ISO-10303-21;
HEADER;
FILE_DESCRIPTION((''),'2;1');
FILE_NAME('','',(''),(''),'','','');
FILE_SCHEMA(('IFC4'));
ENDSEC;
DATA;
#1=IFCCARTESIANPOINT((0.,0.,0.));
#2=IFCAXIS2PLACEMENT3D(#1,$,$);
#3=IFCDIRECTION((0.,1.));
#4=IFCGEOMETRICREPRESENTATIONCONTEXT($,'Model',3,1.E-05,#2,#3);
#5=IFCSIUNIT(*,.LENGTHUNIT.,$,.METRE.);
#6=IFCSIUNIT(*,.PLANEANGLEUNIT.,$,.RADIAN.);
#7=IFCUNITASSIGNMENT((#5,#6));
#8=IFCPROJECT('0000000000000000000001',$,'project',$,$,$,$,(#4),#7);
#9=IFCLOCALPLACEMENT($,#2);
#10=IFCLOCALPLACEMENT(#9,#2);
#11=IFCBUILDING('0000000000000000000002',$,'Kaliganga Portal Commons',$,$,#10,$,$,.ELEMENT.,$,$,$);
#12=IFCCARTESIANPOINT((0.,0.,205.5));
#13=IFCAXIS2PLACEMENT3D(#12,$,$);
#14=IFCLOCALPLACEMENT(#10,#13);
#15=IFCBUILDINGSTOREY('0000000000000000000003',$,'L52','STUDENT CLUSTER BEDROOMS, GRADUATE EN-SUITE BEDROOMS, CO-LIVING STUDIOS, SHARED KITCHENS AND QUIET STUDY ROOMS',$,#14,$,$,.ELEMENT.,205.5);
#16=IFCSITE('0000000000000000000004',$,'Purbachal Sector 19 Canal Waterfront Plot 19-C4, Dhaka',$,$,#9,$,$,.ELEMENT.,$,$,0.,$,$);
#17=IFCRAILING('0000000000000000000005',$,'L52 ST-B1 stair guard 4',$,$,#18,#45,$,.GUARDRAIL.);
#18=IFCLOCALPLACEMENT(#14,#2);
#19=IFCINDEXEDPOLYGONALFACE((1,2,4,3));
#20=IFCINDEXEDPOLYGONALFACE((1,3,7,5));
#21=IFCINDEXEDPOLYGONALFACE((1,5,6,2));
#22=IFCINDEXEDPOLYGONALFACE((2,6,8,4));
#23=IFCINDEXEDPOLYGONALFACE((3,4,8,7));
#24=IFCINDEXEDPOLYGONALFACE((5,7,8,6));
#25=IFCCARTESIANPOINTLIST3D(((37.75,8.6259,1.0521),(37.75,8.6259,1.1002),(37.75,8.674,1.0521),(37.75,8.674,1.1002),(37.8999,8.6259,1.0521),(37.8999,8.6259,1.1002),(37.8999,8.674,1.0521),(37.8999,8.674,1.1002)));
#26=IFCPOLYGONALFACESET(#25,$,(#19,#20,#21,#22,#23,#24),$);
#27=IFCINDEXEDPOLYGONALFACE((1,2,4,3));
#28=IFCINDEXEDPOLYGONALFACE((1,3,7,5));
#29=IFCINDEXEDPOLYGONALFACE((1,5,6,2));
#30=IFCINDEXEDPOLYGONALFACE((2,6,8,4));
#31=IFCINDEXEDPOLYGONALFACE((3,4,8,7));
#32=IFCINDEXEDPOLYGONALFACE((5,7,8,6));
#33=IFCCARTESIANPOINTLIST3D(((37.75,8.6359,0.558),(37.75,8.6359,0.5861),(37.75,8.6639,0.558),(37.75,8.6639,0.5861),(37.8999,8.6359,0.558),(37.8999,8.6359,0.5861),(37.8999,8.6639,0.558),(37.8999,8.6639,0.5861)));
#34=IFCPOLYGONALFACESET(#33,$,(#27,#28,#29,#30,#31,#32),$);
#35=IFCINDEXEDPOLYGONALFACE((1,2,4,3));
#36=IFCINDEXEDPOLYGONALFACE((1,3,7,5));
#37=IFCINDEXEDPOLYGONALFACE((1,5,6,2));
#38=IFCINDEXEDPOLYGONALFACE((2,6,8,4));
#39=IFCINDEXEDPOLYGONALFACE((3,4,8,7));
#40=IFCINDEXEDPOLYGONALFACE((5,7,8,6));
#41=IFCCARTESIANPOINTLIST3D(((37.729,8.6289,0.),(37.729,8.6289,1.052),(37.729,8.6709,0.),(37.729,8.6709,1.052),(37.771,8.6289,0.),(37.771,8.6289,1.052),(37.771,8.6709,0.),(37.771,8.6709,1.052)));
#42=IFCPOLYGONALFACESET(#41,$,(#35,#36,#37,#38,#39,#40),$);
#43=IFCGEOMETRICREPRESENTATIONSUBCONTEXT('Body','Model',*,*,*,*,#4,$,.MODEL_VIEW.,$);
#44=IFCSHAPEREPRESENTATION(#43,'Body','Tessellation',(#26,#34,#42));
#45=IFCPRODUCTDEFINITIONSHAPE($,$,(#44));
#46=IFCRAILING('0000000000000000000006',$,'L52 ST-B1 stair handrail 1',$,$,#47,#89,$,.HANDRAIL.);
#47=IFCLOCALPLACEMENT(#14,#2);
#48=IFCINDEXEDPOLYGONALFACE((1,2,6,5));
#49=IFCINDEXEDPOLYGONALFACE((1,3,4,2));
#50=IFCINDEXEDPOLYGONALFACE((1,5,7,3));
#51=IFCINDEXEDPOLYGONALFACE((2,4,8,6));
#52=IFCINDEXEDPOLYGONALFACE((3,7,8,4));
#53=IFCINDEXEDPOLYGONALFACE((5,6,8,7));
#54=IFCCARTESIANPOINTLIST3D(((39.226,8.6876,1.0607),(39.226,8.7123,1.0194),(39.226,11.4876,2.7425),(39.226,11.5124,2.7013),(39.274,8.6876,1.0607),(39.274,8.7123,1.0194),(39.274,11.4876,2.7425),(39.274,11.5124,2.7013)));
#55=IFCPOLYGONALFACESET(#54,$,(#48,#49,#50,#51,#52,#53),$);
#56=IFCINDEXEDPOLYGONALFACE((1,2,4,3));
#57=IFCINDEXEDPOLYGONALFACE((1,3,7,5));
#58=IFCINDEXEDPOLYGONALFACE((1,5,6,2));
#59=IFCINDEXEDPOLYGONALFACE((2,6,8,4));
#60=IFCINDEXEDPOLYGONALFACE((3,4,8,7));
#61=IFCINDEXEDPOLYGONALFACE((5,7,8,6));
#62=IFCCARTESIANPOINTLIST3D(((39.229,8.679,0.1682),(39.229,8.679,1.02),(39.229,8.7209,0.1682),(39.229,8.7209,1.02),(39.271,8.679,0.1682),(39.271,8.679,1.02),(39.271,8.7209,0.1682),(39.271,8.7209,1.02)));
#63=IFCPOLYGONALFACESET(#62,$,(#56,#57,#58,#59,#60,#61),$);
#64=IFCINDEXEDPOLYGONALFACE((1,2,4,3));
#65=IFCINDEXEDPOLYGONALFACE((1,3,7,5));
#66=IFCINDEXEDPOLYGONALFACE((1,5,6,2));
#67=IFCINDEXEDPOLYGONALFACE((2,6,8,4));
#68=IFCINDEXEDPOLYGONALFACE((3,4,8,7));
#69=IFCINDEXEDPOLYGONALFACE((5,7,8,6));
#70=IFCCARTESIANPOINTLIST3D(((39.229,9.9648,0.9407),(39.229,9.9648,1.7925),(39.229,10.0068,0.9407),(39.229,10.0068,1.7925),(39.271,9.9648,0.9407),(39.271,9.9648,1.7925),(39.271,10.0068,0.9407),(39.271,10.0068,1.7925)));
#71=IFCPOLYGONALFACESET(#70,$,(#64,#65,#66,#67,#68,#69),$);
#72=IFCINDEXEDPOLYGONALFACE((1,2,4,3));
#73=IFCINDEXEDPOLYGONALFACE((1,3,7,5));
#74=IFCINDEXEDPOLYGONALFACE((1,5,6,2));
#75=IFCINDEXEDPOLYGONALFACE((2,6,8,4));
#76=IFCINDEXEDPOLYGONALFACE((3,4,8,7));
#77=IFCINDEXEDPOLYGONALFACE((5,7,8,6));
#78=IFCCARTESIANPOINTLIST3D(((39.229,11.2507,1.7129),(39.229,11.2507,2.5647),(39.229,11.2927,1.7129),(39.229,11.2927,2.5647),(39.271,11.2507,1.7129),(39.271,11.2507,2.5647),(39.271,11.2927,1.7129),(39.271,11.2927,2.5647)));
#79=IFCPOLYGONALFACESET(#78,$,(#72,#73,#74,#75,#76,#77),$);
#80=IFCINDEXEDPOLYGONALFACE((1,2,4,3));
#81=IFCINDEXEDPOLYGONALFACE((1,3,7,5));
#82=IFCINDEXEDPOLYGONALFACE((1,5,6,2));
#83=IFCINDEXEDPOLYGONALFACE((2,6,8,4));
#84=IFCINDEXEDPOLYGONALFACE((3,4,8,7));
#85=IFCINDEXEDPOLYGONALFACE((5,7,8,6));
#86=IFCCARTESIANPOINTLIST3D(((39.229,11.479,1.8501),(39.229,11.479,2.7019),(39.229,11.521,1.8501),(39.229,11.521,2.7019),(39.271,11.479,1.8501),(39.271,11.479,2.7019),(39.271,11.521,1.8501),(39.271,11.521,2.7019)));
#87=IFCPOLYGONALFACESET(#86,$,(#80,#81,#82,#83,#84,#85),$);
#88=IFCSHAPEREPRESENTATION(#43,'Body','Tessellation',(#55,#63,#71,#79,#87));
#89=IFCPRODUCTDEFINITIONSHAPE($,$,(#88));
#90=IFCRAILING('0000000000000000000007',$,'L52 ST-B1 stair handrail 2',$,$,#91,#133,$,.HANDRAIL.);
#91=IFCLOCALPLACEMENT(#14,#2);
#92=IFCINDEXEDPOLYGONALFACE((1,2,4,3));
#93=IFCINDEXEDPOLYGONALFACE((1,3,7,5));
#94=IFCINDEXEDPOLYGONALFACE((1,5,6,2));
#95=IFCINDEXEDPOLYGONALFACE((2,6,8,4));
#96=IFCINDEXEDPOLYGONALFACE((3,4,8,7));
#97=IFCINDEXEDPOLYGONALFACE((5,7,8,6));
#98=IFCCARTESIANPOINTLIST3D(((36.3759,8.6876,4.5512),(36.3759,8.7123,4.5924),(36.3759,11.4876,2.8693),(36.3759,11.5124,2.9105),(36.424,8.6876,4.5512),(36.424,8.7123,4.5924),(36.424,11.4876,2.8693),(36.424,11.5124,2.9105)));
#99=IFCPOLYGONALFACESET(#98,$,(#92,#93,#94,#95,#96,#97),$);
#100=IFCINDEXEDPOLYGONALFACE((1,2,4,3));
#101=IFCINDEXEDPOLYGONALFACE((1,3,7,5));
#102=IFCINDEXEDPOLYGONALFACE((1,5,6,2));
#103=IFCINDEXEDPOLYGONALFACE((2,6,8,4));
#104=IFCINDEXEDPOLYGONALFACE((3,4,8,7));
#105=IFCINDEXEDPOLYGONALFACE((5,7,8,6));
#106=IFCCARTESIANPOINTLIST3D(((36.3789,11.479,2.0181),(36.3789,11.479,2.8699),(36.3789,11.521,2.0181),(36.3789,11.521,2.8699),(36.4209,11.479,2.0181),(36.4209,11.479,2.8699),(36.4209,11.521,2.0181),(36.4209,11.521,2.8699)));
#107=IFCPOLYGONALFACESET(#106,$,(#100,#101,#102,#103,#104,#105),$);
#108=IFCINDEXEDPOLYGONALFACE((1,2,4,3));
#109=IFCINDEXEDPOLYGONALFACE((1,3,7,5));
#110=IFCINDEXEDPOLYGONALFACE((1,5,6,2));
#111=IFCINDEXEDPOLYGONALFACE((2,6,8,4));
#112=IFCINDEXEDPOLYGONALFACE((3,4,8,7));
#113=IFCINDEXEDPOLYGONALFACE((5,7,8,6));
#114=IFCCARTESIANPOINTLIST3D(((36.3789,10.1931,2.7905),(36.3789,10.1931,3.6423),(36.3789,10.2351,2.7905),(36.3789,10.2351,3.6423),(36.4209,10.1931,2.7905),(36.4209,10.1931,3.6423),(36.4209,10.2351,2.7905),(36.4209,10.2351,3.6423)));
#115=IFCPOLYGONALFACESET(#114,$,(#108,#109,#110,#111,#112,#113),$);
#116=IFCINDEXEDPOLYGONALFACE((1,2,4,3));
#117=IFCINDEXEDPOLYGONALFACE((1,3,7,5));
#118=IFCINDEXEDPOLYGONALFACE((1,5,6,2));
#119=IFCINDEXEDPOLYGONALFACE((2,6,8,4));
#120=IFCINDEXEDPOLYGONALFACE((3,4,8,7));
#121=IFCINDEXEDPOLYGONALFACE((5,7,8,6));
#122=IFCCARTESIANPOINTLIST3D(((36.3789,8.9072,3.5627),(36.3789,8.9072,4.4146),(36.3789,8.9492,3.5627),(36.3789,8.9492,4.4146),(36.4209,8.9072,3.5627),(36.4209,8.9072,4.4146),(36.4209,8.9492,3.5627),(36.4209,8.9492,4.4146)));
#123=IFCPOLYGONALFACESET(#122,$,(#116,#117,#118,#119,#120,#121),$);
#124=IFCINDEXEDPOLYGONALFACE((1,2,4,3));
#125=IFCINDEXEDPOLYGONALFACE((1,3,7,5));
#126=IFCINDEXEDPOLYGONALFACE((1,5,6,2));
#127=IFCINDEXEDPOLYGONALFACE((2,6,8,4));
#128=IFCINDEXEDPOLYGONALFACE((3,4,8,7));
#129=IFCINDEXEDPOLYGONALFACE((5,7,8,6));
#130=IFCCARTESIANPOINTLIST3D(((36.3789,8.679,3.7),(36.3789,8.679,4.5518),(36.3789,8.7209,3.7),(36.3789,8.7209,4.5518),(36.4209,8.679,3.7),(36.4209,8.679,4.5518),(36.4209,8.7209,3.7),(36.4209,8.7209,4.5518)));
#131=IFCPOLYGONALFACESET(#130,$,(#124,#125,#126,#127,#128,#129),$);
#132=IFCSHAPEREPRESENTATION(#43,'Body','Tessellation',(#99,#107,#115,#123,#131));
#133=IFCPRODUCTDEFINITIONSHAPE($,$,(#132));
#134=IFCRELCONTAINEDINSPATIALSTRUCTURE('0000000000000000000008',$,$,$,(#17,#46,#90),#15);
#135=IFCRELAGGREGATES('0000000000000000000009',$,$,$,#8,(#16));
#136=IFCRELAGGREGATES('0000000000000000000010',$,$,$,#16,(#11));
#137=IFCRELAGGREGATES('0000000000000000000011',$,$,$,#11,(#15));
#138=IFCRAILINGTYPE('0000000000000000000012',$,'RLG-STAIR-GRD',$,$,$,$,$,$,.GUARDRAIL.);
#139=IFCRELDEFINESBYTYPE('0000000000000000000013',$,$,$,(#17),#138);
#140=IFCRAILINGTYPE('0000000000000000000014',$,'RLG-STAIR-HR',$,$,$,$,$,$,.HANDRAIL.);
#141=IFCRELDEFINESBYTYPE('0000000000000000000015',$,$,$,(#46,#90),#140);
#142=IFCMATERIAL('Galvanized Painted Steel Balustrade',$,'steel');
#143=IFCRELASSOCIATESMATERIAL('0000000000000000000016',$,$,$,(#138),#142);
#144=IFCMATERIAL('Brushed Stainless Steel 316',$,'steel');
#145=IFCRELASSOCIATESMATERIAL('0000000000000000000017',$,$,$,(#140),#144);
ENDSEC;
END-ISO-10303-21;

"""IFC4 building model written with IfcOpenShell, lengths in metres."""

from ifc_helpers import new_model, si_unit, direction, frame, origin, origin_2d, place, context, subcontext, project, spatial, rectangle, extrude, material, type_object, element, save


model = new_model("IFC4")

# Units and contexts
model_context = context("Model", 3, precision=1e-05, world=origin(), true_north=direction((0.0, 1.0)))
body_context = subcontext(model_context, "Body", "Model", "MODEL_VIEW")
ifc_project = project(units=[si_unit("LENGTHUNIT", "METRE"), si_unit("PLANEANGLEUNIT", "RADIAN")], contexts=[model_context])

# Site, building, storey
site_placement = place(None, origin())
site = spatial("IfcSite", under=ifc_project, at=site_placement, Name="Purbachal Sector 19 Canal Waterfront Plot 19-C4, Dhaka", CompositionType="ELEMENT", RefElevation=0.0)
building_placement = place(site_placement, origin())
building = spatial("IfcBuilding", under=site, at=building_placement, Name="Kaliganga Portal Commons", CompositionType="ELEMENT")
storey_placement = place(building_placement, frame((0.0, 0.0, 205.5)))
storey = spatial("IfcBuildingStorey", under=building, at=storey_placement, Name="L52", Description="STUDENT CLUSTER BEDROOMS, GRADUATE EN-SUITE BEDROOMS, CO-LIVING STUDIOS, SHARED KITCHENS AND QUIET STUDY ROOMS", CompositionType="ELEMENT", Elevation=205.5)

# Railings
ifc_material_1 = material(Name="Galvanized Painted Steel Balustrade", Category="steel")
railing_type_1 = type_object("IfcRailingType", Name="RLG-STAIR-GRD", PredefinedType="GUARDRAIL", material=ifc_material_1)
railing_1_placement = place(storey_placement, frame((37.8999, 8.6499, 0.0)))
element("IfcRailing", 1, at=railing_1_placement, inside=storey, type_object=railing_type_1, Name="L52 ST-B1 stair guard 4", PredefinedType="GUARDRAIL", context=body_context, shape_type="SweptSolid", body=[
    extrude(rectangle(XDim=0.0481, YDim=0.0481, at=origin_2d()), frame((0.0, 0.0, 1.0762), z_axis=(-1.0, 0.0, 0.0), x_axis=(0.0, -1.0, 0.0)), (0.0, 0.0, 1.0), 0.1499),
    extrude(rectangle(XDim=0.0281, YDim=0.0281, at=origin_2d()), frame((0.0, 0.0, 0.572), z_axis=(-1.0, 0.0, 0.0), x_axis=(0.0, -1.0, 0.0)), (0.0, 0.0, 1.0), 0.1499),
    extrude(rectangle(XDim=0.042, YDim=0.042, at=origin_2d()), frame((-0.1499, 0.0, 0.0)), (0.0, 0.0, 1.0), 1.052),
])
ifc_material_2 = material(Name="Brushed Stainless Steel 316", Category="steel")
railing_type_2 = type_object("IfcRailingType", Name="RLG-STAIR-HR", PredefinedType="HANDRAIL", material=ifc_material_2)
railing_2_placement = place(storey_placement, frame((39.25, 8.7, 0.1682)))
element("IfcRailing", 2, at=railing_2_placement, inside=storey, type_object=railing_type_2, Name="L52 ST-B1 stair handrail 1", PredefinedType="HANDRAIL", context=body_context, shape_type="SweptSolid", body=[
    extrude(rectangle(XDim=0.0481, YDim=0.0481, at=origin_2d()), frame((0.0, 0.0, 0.8718), z_axis=(0.0, 0.857242, 0.514913), x_axis=(-1.0, 0.0, 0.0)), (0.0, 0.0, 1.0), 3.2664),
    extrude(rectangle(XDim=0.042, YDim=0.042, at=origin_2d()), origin(), (0.0, 0.0, 1.0), 0.8518),
    extrude(rectangle(XDim=0.042, YDim=0.042, at=origin_2d()), frame((0.0, 1.2859, 0.7725)), (0.0, 0.0, 1.0), 0.8518),
    extrude(rectangle(XDim=0.042, YDim=0.042, at=origin_2d()), frame((0.0, 2.5718, 1.5447)), (0.0, 0.0, 1.0), 0.8518),
    extrude(rectangle(XDim=0.042, YDim=0.042, at=origin_2d()), frame((0.0, 2.8, 1.6819)), (0.0, 0.0, 1.0), 0.8518),
])
railing_3_placement = place(storey_placement, frame((36.3999, 11.5, 2.0181)))
element("IfcRailing", 3, at=railing_3_placement, inside=storey, type_object=railing_type_2, Name="L52 ST-B1 stair handrail 2", PredefinedType="HANDRAIL", context=body_context, shape_type="SweptSolid", body=[
    extrude(rectangle(XDim=0.0481, YDim=0.0481, at=origin_2d()), frame((0.0, 0.0, 0.8718), z_axis=(0.0, -0.857242, 0.514913), x_axis=(1.0, 0.0, 0.0)), (0.0, 0.0, 1.0), 3.2664),
    extrude(rectangle(XDim=0.042, YDim=0.042, at=origin_2d()), origin(), (0.0, 0.0, 1.0), 0.8518),
    extrude(rectangle(XDim=0.042, YDim=0.042, at=origin_2d()), frame((0.0, -1.2859, 0.7725)), (0.0, 0.0, 1.0), 0.8518),
    extrude(rectangle(XDim=0.042, YDim=0.042, at=origin_2d()), frame((0.0, -2.5718, 1.5447)), (0.0, 0.0, 1.0), 0.8518),
    extrude(rectangle(XDim=0.042, YDim=0.042, at=origin_2d()), frame((0.0, -2.8, 1.6819)), (0.0, 0.0, 1.0), 0.8518),
])

save(model, "model.ifc")
